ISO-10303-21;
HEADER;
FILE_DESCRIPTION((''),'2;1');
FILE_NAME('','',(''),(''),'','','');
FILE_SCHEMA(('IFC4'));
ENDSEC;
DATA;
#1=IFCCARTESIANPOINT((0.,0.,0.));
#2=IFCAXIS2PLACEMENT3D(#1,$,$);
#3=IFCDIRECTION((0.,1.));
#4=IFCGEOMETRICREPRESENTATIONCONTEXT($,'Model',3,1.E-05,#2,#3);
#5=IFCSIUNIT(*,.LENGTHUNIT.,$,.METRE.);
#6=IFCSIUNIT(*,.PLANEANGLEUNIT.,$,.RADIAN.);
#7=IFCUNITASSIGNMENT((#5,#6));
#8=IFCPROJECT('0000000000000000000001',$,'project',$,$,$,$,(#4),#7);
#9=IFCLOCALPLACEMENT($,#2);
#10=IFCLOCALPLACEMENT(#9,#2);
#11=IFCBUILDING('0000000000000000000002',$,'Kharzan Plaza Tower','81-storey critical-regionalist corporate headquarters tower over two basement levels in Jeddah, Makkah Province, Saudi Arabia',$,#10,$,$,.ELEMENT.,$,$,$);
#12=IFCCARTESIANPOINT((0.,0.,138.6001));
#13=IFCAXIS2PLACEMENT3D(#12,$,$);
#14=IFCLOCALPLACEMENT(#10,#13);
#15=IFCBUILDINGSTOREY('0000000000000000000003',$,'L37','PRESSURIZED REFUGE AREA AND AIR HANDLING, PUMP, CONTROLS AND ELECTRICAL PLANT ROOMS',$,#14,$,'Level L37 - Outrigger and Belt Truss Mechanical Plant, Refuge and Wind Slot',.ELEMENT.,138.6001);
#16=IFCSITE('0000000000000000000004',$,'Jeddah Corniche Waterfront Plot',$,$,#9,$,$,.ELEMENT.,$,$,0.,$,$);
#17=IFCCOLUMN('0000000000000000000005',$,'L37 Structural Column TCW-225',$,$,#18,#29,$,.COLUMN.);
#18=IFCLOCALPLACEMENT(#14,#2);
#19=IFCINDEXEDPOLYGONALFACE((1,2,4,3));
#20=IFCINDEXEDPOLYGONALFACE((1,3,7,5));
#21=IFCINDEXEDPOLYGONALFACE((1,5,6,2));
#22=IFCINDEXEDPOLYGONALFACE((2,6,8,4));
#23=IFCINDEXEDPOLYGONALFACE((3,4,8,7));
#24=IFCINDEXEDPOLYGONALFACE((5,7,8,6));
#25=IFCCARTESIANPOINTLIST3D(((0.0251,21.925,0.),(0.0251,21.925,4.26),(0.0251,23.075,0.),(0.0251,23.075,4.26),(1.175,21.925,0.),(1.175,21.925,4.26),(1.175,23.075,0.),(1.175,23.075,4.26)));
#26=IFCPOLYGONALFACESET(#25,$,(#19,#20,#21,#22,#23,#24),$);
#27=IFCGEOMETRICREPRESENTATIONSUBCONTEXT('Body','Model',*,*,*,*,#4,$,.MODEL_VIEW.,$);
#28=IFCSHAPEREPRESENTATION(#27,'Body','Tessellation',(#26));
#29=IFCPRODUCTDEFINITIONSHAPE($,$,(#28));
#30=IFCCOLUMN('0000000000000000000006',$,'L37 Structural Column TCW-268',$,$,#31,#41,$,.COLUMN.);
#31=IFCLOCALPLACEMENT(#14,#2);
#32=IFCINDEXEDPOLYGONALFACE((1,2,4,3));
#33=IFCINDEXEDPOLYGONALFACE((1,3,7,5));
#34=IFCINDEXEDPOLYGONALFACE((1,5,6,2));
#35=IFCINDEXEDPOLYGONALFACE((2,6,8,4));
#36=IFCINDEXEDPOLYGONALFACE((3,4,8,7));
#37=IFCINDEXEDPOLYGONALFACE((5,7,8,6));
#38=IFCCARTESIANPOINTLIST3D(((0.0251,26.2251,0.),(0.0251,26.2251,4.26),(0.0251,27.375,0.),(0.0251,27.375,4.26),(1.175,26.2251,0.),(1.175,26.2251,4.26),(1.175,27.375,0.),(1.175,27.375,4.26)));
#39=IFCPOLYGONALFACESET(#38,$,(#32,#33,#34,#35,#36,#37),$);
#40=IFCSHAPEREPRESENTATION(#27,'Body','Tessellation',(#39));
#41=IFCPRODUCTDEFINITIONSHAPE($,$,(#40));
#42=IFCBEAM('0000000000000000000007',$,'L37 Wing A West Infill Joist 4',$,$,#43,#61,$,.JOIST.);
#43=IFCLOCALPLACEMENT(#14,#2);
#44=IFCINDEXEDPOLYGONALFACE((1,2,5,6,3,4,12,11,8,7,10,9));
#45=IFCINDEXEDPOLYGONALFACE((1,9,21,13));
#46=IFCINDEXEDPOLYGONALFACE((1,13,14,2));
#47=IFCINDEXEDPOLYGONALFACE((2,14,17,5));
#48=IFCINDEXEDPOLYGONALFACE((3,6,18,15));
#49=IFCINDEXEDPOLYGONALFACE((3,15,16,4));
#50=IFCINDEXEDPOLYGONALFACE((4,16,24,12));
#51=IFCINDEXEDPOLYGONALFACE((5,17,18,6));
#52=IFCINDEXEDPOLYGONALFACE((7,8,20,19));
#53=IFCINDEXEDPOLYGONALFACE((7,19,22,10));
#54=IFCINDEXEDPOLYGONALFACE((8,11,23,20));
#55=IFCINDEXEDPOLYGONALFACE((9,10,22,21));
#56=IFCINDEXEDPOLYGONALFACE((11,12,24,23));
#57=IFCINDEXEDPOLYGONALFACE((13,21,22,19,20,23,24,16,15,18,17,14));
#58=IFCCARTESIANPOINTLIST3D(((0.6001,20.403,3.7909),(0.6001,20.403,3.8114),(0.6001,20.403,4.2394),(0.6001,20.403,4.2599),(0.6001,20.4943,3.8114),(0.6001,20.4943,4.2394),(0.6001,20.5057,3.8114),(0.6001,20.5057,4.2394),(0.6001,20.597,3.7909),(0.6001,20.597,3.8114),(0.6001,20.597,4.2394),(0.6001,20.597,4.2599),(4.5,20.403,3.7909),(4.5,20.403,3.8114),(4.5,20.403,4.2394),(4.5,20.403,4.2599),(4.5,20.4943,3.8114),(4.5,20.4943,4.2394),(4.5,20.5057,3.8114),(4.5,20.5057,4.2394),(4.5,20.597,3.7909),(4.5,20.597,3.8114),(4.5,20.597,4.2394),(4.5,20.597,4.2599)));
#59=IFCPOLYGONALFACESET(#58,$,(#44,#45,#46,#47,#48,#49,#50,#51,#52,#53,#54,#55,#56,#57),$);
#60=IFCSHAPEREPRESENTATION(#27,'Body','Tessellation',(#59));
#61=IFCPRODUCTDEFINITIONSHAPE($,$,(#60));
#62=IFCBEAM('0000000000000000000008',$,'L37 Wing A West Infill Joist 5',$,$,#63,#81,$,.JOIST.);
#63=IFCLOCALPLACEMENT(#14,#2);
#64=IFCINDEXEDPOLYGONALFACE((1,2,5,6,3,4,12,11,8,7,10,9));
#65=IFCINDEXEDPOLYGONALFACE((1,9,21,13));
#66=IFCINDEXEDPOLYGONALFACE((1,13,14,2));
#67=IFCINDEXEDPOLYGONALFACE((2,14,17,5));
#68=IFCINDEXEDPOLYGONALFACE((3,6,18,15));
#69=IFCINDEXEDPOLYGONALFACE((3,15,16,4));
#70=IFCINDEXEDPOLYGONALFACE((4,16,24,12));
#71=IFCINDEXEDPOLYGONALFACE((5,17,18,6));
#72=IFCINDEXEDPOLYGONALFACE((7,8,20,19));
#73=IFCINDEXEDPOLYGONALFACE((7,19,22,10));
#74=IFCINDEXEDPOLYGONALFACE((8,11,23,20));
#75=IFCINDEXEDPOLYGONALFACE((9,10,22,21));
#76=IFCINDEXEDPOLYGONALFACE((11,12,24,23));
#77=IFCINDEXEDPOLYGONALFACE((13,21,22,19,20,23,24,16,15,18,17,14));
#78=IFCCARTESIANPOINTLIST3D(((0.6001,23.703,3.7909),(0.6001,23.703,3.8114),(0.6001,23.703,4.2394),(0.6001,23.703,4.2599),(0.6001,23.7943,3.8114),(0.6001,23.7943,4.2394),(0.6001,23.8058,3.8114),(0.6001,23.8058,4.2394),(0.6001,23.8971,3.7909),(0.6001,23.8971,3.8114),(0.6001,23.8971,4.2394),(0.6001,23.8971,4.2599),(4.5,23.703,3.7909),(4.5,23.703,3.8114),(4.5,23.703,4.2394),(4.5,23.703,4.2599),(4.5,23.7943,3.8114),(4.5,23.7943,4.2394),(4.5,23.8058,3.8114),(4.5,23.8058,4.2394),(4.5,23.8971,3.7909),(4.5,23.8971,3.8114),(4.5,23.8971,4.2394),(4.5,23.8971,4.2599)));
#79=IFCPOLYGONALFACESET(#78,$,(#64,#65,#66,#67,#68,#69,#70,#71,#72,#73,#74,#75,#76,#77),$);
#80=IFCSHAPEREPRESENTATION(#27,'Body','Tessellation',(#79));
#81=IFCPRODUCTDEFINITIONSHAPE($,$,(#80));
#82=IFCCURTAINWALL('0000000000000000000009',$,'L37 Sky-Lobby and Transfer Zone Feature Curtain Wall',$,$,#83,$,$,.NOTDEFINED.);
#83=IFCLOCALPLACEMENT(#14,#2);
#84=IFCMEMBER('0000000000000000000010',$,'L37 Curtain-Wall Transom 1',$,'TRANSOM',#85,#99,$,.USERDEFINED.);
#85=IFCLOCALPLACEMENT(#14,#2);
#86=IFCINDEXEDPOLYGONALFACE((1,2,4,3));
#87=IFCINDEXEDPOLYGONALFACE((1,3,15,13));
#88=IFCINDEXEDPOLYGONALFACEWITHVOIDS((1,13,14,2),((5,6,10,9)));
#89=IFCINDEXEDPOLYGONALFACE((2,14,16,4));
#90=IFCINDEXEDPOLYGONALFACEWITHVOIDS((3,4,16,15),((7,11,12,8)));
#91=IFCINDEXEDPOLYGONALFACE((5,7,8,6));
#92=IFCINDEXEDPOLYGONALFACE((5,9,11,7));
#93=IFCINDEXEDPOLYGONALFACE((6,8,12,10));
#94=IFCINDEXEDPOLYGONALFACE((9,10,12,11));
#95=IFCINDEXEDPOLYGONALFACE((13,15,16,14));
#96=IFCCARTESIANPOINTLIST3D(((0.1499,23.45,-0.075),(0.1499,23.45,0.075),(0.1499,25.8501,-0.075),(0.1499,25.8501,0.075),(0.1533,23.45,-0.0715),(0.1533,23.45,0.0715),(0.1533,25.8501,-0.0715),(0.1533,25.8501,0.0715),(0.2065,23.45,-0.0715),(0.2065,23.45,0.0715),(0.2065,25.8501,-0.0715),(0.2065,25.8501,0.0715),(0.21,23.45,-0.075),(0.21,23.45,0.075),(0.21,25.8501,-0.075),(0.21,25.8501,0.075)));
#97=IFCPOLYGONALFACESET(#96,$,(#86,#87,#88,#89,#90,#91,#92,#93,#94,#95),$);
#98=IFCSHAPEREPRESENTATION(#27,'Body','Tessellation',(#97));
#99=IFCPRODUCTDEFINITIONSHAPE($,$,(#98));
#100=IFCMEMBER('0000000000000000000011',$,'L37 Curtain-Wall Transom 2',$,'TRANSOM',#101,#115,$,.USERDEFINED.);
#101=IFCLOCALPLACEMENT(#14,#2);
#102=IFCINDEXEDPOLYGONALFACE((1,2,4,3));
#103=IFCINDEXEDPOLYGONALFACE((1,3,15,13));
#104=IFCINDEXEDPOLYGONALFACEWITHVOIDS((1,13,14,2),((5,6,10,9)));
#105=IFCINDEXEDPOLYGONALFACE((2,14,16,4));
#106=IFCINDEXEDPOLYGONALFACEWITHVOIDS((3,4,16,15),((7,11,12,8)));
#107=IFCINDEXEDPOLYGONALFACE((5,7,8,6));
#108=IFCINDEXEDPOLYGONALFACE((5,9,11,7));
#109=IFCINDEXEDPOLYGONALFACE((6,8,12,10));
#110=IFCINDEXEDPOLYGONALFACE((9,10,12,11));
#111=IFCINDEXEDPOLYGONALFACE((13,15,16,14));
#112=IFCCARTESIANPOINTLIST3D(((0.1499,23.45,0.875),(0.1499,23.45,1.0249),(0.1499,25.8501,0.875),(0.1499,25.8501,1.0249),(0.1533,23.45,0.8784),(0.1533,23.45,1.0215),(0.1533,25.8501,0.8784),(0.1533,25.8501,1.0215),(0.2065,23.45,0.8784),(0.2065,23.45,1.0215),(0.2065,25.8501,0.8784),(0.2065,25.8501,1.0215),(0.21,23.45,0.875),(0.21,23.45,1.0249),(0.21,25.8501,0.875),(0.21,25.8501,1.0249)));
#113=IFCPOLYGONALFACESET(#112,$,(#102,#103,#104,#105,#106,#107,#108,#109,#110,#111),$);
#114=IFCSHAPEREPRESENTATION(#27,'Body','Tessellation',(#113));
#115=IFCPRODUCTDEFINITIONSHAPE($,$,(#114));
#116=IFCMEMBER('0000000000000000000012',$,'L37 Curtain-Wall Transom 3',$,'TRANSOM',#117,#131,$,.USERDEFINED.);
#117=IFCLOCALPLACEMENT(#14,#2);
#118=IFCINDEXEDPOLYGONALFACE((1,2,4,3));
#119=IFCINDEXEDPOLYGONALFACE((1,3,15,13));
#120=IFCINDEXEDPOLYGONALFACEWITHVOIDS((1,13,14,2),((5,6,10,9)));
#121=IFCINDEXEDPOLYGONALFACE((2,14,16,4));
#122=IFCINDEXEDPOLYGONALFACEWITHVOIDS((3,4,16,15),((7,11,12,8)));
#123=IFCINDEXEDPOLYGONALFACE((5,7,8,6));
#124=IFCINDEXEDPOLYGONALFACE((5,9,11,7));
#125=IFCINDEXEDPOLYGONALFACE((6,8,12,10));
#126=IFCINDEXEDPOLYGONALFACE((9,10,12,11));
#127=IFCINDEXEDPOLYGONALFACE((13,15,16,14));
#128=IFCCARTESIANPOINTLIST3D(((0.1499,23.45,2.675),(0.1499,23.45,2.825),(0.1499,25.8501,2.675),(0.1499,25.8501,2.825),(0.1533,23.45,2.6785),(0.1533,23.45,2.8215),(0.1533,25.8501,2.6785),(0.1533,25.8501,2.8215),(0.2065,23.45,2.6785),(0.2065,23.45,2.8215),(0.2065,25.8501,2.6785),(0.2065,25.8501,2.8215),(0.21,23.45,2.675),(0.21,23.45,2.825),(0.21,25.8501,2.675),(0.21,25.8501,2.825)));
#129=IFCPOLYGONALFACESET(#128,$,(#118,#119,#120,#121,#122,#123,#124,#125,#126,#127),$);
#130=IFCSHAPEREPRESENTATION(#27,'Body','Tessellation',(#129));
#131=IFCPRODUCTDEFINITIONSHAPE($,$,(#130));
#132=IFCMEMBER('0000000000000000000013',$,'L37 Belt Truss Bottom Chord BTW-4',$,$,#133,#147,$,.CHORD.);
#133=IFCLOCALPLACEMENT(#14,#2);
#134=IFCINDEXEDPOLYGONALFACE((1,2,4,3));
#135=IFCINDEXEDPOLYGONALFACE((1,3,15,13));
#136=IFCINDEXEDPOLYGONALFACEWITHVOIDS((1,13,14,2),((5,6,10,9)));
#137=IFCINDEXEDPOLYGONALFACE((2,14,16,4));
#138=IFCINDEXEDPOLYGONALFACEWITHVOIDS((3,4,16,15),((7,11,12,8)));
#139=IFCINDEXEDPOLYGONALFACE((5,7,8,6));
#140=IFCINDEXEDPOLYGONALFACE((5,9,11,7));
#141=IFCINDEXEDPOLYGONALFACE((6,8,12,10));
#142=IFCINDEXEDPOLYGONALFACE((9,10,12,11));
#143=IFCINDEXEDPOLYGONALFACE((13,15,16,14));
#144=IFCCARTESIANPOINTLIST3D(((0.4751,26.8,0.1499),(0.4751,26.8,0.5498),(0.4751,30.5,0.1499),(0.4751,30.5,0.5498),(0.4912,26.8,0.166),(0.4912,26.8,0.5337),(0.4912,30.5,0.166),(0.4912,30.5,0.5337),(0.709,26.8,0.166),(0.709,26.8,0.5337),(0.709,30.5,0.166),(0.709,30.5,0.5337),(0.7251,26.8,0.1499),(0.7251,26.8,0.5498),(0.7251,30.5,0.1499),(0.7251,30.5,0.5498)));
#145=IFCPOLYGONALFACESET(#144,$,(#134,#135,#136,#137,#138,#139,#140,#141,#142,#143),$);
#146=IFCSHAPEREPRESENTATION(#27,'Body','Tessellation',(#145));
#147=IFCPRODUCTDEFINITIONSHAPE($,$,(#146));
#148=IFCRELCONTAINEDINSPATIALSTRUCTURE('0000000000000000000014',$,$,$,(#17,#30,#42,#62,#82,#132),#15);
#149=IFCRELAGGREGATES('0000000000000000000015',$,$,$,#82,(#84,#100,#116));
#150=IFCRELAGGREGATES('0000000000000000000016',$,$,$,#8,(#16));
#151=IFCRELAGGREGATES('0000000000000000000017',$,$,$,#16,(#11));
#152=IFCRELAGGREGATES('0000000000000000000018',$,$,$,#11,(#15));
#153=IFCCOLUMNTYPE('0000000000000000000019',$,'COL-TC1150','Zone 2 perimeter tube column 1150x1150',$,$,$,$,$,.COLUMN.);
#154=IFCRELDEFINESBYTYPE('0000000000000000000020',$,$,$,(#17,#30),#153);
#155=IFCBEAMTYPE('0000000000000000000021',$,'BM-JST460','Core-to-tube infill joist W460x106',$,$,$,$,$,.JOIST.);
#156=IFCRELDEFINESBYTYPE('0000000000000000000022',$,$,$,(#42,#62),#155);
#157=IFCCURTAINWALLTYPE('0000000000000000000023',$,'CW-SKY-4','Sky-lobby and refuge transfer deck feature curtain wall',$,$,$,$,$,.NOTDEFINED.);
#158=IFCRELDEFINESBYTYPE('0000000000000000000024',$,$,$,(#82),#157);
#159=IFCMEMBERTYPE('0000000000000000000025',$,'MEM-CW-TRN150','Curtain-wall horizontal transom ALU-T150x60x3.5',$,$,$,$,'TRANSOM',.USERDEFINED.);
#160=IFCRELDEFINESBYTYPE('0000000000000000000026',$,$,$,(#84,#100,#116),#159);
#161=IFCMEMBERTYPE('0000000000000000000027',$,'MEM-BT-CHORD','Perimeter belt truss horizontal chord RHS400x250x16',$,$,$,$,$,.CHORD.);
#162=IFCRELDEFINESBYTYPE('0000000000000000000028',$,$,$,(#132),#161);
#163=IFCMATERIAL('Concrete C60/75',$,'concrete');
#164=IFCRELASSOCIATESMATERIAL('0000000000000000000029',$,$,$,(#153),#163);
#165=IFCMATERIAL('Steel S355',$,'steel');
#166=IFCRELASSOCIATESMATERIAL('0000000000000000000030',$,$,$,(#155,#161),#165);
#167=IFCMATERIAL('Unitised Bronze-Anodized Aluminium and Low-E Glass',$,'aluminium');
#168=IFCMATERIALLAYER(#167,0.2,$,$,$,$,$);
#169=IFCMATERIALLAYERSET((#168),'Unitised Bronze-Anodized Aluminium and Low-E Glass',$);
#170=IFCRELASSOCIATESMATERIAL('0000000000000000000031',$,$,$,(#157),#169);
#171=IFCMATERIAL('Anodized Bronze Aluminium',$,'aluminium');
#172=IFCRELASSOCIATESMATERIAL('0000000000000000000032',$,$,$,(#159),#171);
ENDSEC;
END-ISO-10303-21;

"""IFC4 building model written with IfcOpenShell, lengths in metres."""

from ifc_helpers import new_model, si_unit, direction, frame, origin, origin_2d, place, context, subcontext, project, spatial, rectangle, hollow_rectangle, i_section, extrude, source, transform, mapped, material, layer, layer_set, material_profile, profile_set, type_object, element, aggregate, save


model = new_model("IFC4")

# Units and contexts
model_context = context("Model", 3, precision=1e-05, world=origin(), true_north=direction((0.0, 1.0)))
body_context = subcontext(model_context, "Body", "Model", "MODEL_VIEW")
ifc_project = project(units=[si_unit("LENGTHUNIT", "METRE"), si_unit("PLANEANGLEUNIT", "RADIAN")], contexts=[model_context])

# Site, building, storey
site_placement = place(None, origin())
site = spatial("IfcSite", under=ifc_project, at=site_placement, Name="Jeddah Corniche Waterfront Plot", CompositionType="ELEMENT", RefElevation=0.0)
building_placement = place(site_placement, origin())
building = spatial("IfcBuilding", under=site, at=building_placement, Name="Kharzan Plaza Tower", Description="81-storey critical-regionalist corporate headquarters tower over two basement levels in Jeddah, Makkah Province, Saudi Arabia", CompositionType="ELEMENT")
storey_placement = place(building_placement, frame((0.0, 0.0, 138.6001)))
storey = spatial("IfcBuildingStorey", under=building, at=storey_placement, Name="L37", Description="PRESSURIZED REFUGE AREA AND AIR HANDLING, PUMP, CONTROLS AND ELECTRICAL PLANT ROOMS", LongName="Level L37 - Outrigger and Belt Truss Mechanical Plant, Refuge and Wind Slot", CompositionType="ELEMENT", Elevation=138.6001)

# Columns
ifc_material_1 = material(Name="Concrete C60/75", Category="concrete")
ifc_material_profile_1 = material_profile(ifc_material_1, rectangle(XDim=1.1499, YDim=1.1499, at=origin_2d()), Name="RC-TC1150x1150")
ifc_profile_set_1 = profile_set([ifc_material_profile_1], Name="Concrete C60/75")
column_type = type_object("IfcColumnType", Name="COL-TC1150", Description="Zone 2 perimeter tube column 1150x1150", PredefinedType="COLUMN", material=ifc_profile_set_1)
shared_shape_1 = source(origin(), body_context, "Body", "SweptSolid", [
    extrude(rectangle(XDim=1.1499, YDim=1.1499, at=origin_2d()), origin(), (0.0, 0.0, 1.0), 4.26),
])
for number, where, z_axis, x_axis, name in (
    (1, (0.6001, 22.5, 0.0), (0.0, 0.0, 1.0), (1.0, 0.0, 0.0), "L37 Structural Column TCW-225"),
    (2, (0.6001, 26.8, 0.0), (0.0, 0.0, 1.0), (1.0, 0.0, 0.0), "L37 Structural Column TCW-268"),
):
    element("IfcColumn", number, at=place(storey_placement, frame(where, z_axis=z_axis, x_axis=x_axis)), inside=storey, type_object=column_type, Name=name, PredefinedType="COLUMN", context=body_context, shape_type="MappedRepresentation", body=[
        mapped(shared_shape_1, transform((0.0, 0.0, 0.0), x_axis=(1.0, 0.0, 0.0), y_axis=(0.0, 1.0, 0.0), z_axis=(0.0, 0.0, 1.0))),
    ])

# Beams
ifc_material_2 = material(Name="Steel S355", Category="steel")
ifc_material_profile_2 = material_profile(ifc_material_2, i_section(OverallWidth=0.1941, OverallDepth=0.469, WebThickness=0.0115, FlangeThickness=0.0205, at=origin_2d()), Name="W460x106")
ifc_profile_set_2 = profile_set([ifc_material_profile_2], Name="Steel S355")
beam_type_1 = type_object("IfcBeamType", Name="BM-JST460", Description="Core-to-tube infill joist W460x106", PredefinedType="JOIST", material=ifc_profile_set_2)
shared_shape_2 = source(origin(), body_context, "Body", "SweptSolid", [
    extrude(i_section(OverallWidth=0.1941, OverallDepth=0.469, WebThickness=0.0115, FlangeThickness=0.0205, at=origin_2d()), origin(), (0.0, 0.0, 1.0), 3.8999),
])
for number, where, z_axis, x_axis, name in (
    (3, (0.6001, 20.5, 4.0254), (1.0, 0.0, 0.0), (0.0, 1.0, 0.0), "L37 Wing A West Infill Joist 4"),
    (4, (0.6001, 23.8, 4.0254), (1.0, 0.0, 0.0), (0.0, 1.0, 0.0), "L37 Wing A West Infill Joist 5"),
):
    element("IfcBeam", number, at=place(storey_placement, frame(where, z_axis=z_axis, x_axis=x_axis)), inside=storey, type_object=beam_type_1, Name=name, PredefinedType="JOIST", context=body_context, shape_type="MappedRepresentation", body=[
        mapped(shared_shape_2, transform((0.0, 0.0, 0.0), x_axis=(1.0, 0.0, 0.0), y_axis=(0.0, 1.0, 0.0), z_axis=(0.0, 0.0, 1.0))),
    ])

# Curtain wall, members
ifc_material_3 = material(Name="Unitised Bronze-Anodized Aluminium and Low-E Glass", Category="aluminium")
ifc_layer_1 = layer(ifc_material_3, 0.2)
ifc_layer_set_1 = layer_set([ifc_layer_1], Name="Unitised Bronze-Anodized Aluminium and Low-E Glass")
curtain_wall_type = type_object("IfcCurtainWallType", Name="CW-SKY-4", Description="Sky-lobby and refuge transfer deck feature curtain wall", PredefinedType="NOTDEFINED", material=ifc_layer_set_1)
curtain_wall_placement = place(storey_placement, origin())
curtain_wall = element("IfcCurtainWall", 5, at=curtain_wall_placement, inside=storey, type_object=curtain_wall_type, Name="L37 Sky-Lobby and Transfer Zone Feature Curtain Wall", PredefinedType="NOTDEFINED")
ifc_material_4 = material(Name="Anodized Bronze Aluminium", Category="aluminium")
ifc_material_profile_3 = material_profile(ifc_material_4, hollow_rectangle(XDim=0.0601, YDim=0.1499, WallThickness=0.0034, at=origin_2d()), Name="ALU-T150x60x3.5")
ifc_profile_set_3 = profile_set([ifc_material_profile_3], Name="Anodized Bronze Aluminium")
member_type_1 = type_object("IfcMemberType", Name="MEM-CW-TRN150", Description="Curtain-wall horizontal transom ALU-T150x60x3.5", ElementType="TRANSOM", PredefinedType="USERDEFINED", material=ifc_profile_set_3)
shared_shape_3 = source(origin(), body_context, "Body", "SweptSolid", [
    extrude(hollow_rectangle(XDim=0.0601, YDim=0.1499, WallThickness=0.0034, at=origin_2d()), origin(), (0.0, 0.0, 1.0), 2.4001),
])
member_1_placement = place(storey_placement, frame((0.1799, 23.45, 0.0), z_axis=(0.0, 1.0, 0.0), x_axis=(-1.0, 0.0, 0.0)))
member_1 = element("IfcMember", 6, at=member_1_placement, type_object=member_type_1, Name="L37 Curtain-Wall Transom 1", ObjectType="TRANSOM", PredefinedType="USERDEFINED", context=body_context, shape_type="MappedRepresentation", body=[
    mapped(shared_shape_3, transform((0.0, 0.0, 0.0), x_axis=(1.0, 0.0, 0.0), y_axis=(0.0, 1.0, 0.0), z_axis=(0.0, 0.0, 1.0))),
])
member_2_placement = place(storey_placement, frame((0.1799, 23.45, 0.95), z_axis=(0.0, 1.0, 0.0), x_axis=(-1.0, 0.0, 0.0)))
member_2 = element("IfcMember", 7, at=member_2_placement, type_object=member_type_1, Name="L37 Curtain-Wall Transom 2", ObjectType="TRANSOM", PredefinedType="USERDEFINED", context=body_context, shape_type="MappedRepresentation", body=[
    mapped(shared_shape_3, transform((0.0, 0.0, 0.0), x_axis=(1.0, 0.0, 0.0), y_axis=(0.0, 1.0, 0.0), z_axis=(0.0, 0.0, 1.0))),
])
member_3_placement = place(storey_placement, frame((0.1799, 23.45, 2.75), z_axis=(0.0, 1.0, 0.0), x_axis=(-1.0, 0.0, 0.0)))
member_3 = element("IfcMember", 8, at=member_3_placement, type_object=member_type_1, Name="L37 Curtain-Wall Transom 3", ObjectType="TRANSOM", PredefinedType="USERDEFINED", context=body_context, shape_type="MappedRepresentation", body=[
    mapped(shared_shape_3, transform((0.0, 0.0, 0.0), x_axis=(1.0, 0.0, 0.0), y_axis=(0.0, 1.0, 0.0), z_axis=(0.0, 0.0, 1.0))),
])

# Member
ifc_material_profile_4 = material_profile(ifc_material_2, hollow_rectangle(XDim=0.25, YDim=0.3999, WallThickness=0.0161, at=origin_2d()), Name="RHS400x250x16")
ifc_profile_set_4 = profile_set([ifc_material_profile_4], Name="Steel S355")
member_type_2 = type_object("IfcMemberType", Name="MEM-BT-CHORD", Description="Perimeter belt truss horizontal chord RHS400x250x16", PredefinedType="CHORD", material=ifc_profile_set_4)
shared_shape_4 = source(origin(), body_context, "Body", "SweptSolid", [
    extrude(hollow_rectangle(XDim=0.25, YDim=0.3999, WallThickness=0.0161, at=origin_2d()), origin(), (0.0, 0.0, 1.0), 3.7),
])
member_4_placement = place(storey_placement, frame((0.6001, 26.8, 0.3499), z_axis=(0.0, 1.0, 0.0), x_axis=(-1.0, 0.0, 0.0)))
element("IfcMember", 9, at=member_4_placement, inside=storey, type_object=member_type_2, Name="L37 Belt Truss Bottom Chord BTW-4", PredefinedType="CHORD", context=body_context, shape_type="MappedRepresentation", body=[
    mapped(shared_shape_4, transform((0.0, 0.0, 0.0), x_axis=(1.0, 0.0, 0.0), y_axis=(0.0, 1.0, 0.0), z_axis=(0.0, 0.0, 1.0))),
])

aggregate(curtain_wall, [member_1, member_2, member_3])

save(model, "model.ifc")
